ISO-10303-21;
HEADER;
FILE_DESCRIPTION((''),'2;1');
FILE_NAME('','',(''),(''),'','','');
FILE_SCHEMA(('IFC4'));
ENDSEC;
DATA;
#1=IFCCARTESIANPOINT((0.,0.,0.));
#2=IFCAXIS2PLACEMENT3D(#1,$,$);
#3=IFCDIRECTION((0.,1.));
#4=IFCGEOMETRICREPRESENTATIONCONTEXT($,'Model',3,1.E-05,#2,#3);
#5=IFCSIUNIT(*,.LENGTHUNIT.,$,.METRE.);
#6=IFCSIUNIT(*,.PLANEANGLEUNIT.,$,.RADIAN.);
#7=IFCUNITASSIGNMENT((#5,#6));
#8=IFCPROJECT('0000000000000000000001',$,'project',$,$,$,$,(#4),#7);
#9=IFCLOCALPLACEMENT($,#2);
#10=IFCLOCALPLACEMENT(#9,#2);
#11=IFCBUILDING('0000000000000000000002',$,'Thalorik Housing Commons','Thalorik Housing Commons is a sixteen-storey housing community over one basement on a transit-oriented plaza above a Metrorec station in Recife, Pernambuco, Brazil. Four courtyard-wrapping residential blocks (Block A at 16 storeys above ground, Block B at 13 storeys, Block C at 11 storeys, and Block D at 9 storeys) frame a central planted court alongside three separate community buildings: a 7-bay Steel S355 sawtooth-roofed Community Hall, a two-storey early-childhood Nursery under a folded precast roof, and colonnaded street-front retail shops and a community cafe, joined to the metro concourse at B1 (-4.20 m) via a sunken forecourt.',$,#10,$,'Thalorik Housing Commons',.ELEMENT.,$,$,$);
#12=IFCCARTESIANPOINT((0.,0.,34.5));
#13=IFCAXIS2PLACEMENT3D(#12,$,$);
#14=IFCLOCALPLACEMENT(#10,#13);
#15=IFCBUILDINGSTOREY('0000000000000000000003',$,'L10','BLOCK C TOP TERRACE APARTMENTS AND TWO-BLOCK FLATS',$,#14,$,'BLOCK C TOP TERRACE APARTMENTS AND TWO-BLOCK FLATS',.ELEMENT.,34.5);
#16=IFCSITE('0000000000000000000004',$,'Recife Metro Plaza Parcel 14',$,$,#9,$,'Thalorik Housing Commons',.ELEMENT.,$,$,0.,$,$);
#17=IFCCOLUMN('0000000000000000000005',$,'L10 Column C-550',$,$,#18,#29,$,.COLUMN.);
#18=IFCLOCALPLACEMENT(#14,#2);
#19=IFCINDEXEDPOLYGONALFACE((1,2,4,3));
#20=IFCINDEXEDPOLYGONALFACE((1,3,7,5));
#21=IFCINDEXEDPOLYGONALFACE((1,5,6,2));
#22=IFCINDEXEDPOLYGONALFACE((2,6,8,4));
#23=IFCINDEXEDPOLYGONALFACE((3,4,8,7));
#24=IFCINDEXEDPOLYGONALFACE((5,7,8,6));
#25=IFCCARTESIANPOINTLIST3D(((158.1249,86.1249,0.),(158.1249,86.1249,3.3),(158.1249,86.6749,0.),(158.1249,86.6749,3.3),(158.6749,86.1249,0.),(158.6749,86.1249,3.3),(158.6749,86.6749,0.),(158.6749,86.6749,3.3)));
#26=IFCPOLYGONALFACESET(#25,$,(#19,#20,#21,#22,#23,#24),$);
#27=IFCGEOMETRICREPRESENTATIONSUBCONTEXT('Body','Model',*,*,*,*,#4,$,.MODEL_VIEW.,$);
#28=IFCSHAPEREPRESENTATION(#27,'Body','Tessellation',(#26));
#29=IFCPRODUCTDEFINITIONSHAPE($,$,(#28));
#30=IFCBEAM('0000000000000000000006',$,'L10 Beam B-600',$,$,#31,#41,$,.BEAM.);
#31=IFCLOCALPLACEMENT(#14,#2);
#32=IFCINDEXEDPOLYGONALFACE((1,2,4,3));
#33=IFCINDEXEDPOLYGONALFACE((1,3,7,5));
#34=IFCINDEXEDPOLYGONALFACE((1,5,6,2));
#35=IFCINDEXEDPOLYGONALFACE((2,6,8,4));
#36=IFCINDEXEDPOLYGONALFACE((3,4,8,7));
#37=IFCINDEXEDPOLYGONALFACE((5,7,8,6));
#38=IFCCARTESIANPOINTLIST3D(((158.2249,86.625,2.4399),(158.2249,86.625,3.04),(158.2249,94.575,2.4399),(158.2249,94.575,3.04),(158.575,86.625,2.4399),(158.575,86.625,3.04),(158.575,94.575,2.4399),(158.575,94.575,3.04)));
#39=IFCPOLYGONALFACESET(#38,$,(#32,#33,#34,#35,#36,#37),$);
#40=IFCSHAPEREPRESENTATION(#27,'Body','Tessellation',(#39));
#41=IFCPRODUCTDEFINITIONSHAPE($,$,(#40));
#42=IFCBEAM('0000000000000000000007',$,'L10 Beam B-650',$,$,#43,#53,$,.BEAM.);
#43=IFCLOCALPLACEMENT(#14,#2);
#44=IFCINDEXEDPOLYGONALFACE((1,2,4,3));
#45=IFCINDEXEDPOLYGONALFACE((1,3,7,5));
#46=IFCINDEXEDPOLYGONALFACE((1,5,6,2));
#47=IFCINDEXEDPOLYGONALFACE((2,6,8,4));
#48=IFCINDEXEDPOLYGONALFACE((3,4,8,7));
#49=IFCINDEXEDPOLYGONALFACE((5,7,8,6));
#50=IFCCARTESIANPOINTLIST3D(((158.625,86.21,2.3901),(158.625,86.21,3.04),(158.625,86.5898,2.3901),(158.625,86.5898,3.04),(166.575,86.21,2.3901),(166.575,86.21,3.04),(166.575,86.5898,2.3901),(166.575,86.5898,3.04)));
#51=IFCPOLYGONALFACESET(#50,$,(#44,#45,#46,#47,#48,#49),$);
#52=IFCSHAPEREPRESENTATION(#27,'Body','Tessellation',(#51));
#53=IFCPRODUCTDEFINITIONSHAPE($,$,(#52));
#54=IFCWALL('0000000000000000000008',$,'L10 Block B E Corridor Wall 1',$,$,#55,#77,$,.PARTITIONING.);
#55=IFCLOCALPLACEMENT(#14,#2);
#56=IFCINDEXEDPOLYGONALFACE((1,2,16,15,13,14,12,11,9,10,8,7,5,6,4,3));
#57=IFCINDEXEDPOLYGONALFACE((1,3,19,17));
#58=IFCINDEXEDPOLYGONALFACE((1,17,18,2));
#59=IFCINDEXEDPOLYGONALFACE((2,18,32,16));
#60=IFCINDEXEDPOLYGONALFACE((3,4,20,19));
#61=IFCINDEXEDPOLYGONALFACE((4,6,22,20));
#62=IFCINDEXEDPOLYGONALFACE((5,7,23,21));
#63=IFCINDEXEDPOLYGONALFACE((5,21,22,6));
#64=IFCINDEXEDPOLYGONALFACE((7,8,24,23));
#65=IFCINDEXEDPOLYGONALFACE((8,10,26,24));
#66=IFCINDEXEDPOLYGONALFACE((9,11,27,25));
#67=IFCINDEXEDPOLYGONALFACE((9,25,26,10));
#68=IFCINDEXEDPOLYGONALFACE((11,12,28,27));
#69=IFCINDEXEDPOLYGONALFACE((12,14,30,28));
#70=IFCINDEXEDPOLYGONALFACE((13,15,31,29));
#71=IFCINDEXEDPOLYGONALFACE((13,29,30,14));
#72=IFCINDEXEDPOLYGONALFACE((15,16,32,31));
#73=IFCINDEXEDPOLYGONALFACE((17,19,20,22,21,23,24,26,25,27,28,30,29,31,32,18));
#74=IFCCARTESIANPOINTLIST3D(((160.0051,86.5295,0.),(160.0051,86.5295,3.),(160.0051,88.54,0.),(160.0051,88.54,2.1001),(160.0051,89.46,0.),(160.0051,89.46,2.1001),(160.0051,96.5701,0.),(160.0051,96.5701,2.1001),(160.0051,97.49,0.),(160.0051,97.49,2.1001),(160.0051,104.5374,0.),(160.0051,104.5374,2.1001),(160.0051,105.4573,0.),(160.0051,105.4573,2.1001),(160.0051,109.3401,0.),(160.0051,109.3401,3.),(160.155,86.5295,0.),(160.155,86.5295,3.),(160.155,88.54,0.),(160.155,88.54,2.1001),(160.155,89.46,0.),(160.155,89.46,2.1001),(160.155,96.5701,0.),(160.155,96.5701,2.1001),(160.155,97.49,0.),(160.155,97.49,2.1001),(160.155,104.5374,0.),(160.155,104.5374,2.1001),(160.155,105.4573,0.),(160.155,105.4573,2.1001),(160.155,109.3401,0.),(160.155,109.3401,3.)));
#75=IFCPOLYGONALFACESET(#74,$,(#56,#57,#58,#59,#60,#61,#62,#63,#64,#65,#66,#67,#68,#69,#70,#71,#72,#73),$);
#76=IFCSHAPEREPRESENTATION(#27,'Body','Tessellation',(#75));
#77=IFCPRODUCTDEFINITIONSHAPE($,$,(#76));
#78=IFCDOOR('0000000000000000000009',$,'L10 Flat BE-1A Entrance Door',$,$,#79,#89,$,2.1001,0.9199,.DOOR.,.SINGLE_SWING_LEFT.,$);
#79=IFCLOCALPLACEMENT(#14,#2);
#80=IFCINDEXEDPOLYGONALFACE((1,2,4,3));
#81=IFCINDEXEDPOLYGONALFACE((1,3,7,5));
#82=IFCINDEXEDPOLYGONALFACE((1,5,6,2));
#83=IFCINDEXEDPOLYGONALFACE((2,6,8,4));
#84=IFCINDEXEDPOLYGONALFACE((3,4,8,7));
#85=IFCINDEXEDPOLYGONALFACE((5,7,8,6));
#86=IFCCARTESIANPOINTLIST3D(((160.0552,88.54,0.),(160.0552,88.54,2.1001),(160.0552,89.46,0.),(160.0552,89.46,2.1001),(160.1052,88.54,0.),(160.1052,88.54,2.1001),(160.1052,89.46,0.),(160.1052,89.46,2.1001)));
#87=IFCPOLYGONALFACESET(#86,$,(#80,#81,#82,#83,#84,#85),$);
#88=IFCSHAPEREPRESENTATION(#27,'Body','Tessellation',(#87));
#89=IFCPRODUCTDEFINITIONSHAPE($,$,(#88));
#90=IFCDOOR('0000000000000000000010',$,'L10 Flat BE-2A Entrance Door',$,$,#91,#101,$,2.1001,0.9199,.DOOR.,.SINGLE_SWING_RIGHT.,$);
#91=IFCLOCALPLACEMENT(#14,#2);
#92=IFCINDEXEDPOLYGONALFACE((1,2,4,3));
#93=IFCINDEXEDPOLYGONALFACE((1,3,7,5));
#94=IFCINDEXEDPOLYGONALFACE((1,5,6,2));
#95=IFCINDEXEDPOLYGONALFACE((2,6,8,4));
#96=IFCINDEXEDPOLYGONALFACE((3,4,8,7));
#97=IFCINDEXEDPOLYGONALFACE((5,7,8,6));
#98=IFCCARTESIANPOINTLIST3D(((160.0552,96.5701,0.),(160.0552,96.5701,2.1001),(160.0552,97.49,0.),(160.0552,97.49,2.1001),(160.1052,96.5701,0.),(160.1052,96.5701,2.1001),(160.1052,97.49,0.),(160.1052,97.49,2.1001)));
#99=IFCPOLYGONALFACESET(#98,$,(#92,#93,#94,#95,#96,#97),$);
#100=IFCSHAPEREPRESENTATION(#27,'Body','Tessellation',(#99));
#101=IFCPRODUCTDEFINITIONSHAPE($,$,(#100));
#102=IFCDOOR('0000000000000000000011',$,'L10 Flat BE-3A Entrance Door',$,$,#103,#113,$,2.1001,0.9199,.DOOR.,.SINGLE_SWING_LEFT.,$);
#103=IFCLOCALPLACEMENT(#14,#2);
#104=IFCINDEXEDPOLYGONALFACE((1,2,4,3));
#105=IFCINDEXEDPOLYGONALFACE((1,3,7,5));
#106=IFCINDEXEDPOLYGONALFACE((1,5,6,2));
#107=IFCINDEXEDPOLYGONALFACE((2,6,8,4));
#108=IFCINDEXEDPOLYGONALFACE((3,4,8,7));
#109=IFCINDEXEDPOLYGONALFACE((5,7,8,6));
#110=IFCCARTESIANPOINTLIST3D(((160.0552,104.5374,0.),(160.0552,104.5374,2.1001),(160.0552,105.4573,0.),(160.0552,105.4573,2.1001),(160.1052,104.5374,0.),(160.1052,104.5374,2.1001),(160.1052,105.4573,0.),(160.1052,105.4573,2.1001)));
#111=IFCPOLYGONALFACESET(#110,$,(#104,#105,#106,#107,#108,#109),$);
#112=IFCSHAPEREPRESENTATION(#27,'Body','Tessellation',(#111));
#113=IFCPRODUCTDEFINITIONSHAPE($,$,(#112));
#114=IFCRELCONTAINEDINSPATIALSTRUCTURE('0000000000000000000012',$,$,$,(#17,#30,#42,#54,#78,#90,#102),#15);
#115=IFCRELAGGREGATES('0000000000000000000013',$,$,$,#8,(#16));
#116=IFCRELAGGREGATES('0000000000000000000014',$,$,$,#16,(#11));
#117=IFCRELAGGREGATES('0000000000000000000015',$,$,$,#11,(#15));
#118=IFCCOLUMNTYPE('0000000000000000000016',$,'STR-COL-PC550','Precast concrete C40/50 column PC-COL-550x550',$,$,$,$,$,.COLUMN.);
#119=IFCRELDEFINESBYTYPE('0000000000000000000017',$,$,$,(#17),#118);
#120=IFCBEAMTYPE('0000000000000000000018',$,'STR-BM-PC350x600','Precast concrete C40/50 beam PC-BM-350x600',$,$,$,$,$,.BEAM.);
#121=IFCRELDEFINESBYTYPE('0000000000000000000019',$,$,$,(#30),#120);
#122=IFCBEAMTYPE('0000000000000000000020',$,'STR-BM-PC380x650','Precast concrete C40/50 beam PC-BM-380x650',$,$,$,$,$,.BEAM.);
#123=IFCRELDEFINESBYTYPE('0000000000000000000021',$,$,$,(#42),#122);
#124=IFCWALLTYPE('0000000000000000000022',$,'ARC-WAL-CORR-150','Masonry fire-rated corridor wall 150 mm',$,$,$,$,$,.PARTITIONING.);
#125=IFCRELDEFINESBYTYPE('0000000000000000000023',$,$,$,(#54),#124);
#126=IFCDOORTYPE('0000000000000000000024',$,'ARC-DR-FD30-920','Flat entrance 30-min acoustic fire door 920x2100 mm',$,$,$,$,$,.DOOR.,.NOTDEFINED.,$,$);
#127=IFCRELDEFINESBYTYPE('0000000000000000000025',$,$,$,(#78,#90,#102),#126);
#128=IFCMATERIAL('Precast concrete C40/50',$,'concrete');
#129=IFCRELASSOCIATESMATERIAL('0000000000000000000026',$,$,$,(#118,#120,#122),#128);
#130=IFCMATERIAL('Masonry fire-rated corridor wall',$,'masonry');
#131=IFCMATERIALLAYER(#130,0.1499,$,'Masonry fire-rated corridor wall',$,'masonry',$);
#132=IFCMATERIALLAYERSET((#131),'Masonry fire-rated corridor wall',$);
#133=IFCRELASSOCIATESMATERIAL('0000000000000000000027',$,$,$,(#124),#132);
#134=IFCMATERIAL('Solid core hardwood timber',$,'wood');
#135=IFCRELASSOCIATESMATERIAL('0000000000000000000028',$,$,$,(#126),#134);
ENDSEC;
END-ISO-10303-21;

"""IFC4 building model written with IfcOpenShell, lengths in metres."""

from ifc_helpers import new_model, si_unit, direction, frame, frame_2d, origin, origin_2d, place, context, subcontext, project, spatial, rectangle, extrude, material, layer, layer_set, material_profile, profile_set, type_object, element, fill, save


model = new_model("IFC4")

# Units and contexts
model_context = context("Model", 3, precision=1e-05, world=origin(), true_north=direction((0.0, 1.0)))
body_context = subcontext(model_context, "Body", "Model", "MODEL_VIEW")
ifc_project = project(units=[si_unit("LENGTHUNIT", "METRE"), si_unit("PLANEANGLEUNIT", "RADIAN")], contexts=[model_context])

# Site, building, storey
site_placement = place(None, origin())
site = spatial("IfcSite", under=ifc_project, at=site_placement, Name="Recife Metro Plaza Parcel 14", LongName="Thalorik Housing Commons", CompositionType="ELEMENT", RefElevation=0.0)
building_placement = place(site_placement, origin())
building = spatial("IfcBuilding", under=site, at=building_placement, Name="Thalorik Housing Commons", Description="Thalorik Housing Commons is a sixteen-storey housing community over one basement on a transit-oriented plaza above a Metrorec station in Recife, Pernambuco, Brazil. Four courtyard-wrapping residential blocks (Block A at 16 storeys above ground, Block B at 13 storeys, Block C at 11 storeys, and Block D at 9 storeys) frame a central planted court alongside three separate community buildings: a 7-bay Steel S355 sawtooth-roofed Community Hall, a two-storey early-childhood Nursery under a folded precast roof, and colonnaded street-front retail shops and a community cafe, joined to the metro concourse at B1 (-4.20 m) via a sunken forecourt.", LongName="Thalorik Housing Commons", CompositionType="ELEMENT")
storey_placement = place(building_placement, frame((0.0, 0.0, 34.5)))
storey = spatial("IfcBuildingStorey", under=building, at=storey_placement, Name="L10", Description="BLOCK C TOP TERRACE APARTMENTS AND TWO-BLOCK FLATS", LongName="BLOCK C TOP TERRACE APARTMENTS AND TWO-BLOCK FLATS", CompositionType="ELEMENT", Elevation=34.5)

# Column
ifc_material_1 = material(Name="Precast concrete C40/50", Category="concrete")
ifc_material_profile_1 = material_profile(ifc_material_1, rectangle(XDim=0.55, YDim=0.55, at=origin_2d()), Name="PC 550x550", Category="concrete")
ifc_profile_set_1 = profile_set([ifc_material_profile_1], Name="Precast concrete C40/50")
column_type = type_object("IfcColumnType", Name="STR-COL-PC550", Description="Precast concrete C40/50 column PC-COL-550x550", PredefinedType="COLUMN", material=ifc_profile_set_1)
column_placement = place(storey_placement, frame((158.3999, 86.3999, 0.0), z_axis=(0.0, 0.0, 1.0), x_axis=(1.0, 0.0, 0.0)))
element("IfcColumn", 1, at=column_placement, inside=storey, type_object=column_type, Name="L10 Column C-550", PredefinedType="COLUMN", context=body_context, shape_type="SweptSolid", body=[
    extrude(rectangle(XDim=0.55, YDim=0.55, at=origin_2d()), origin(), (0.0, 0.0, 1.0), 3.3),
])

# Beams
ifc_material_profile_2 = material_profile(ifc_material_1, rectangle(XDim=0.3501, YDim=0.6001, at=origin_2d()), Name="PC 350x600", Category="concrete")
ifc_profile_set_2 = profile_set([ifc_material_profile_2], Name="Precast concrete C40/50")
beam_type_1 = type_object("IfcBeamType", Name="STR-BM-PC350x600", Description="Precast concrete C40/50 beam PC-BM-350x600", PredefinedType="BEAM", material=ifc_profile_set_2)
beam_1_placement = place(storey_placement, frame((158.3999, 86.625, 2.74), z_axis=(0.0, 1.0, 0.0), x_axis=(-1.0, 0.0, 0.0)))
element("IfcBeam", 2, at=beam_1_placement, inside=storey, type_object=beam_type_1, Name="L10 Beam B-600", PredefinedType="BEAM", context=body_context, shape_type="SweptSolid", body=[
    extrude(rectangle(XDim=0.3501, YDim=0.6001, at=origin_2d()), origin(), (0.0, 0.0, 1.0), 7.95),
])
ifc_material_profile_3 = material_profile(ifc_material_1, rectangle(XDim=0.3799, YDim=0.6499, at=origin_2d()), Name="PC 380x650", Category="concrete")
ifc_profile_set_3 = profile_set([ifc_material_profile_3], Name="Precast concrete C40/50")
beam_type_2 = type_object("IfcBeamType", Name="STR-BM-PC380x650", Description="Precast concrete C40/50 beam PC-BM-380x650", PredefinedType="BEAM", material=ifc_profile_set_3)
beam_2_placement = place(storey_placement, frame((158.625, 86.3999, 2.7151), z_axis=(1.0, 0.0, 0.0), x_axis=(0.0, 1.0, 0.0)))
element("IfcBeam", 3, at=beam_2_placement, inside=storey, type_object=beam_type_2, Name="L10 Beam B-650", PredefinedType="BEAM", context=body_context, shape_type="SweptSolid", body=[
    extrude(rectangle(XDim=0.3799, YDim=0.6499, at=origin_2d()), origin(), (0.0, 0.0, 1.0), 7.95),
])

# Wall, openings, doors
ifc_material_2 = material(Name="Masonry fire-rated corridor wall", Category="masonry")
ifc_layer_1 = layer(ifc_material_2, 0.1499, Name="Masonry fire-rated corridor wall", Category="masonry")
ifc_layer_set_1 = layer_set([ifc_layer_1], Name="Masonry fire-rated corridor wall")
wall_type_1 = type_object("IfcWallType", Name="ARC-WAL-CORR-150", Description="Masonry fire-rated corridor wall 150 mm", PredefinedType="PARTITIONING", material=ifc_layer_set_1)
wall_1_placement = place(storey_placement, frame((160.0801, 86.5295, 0.0), z_axis=(0.0, 0.0, 1.0), x_axis=(0.0, 1.0, 0.0)))
wall_1 = element("IfcWall", 4, at=wall_1_placement, inside=storey, type_object=wall_type_1, Name="L10 Block B E Corridor Wall 1", PredefinedType="PARTITIONING", context=body_context, shape_type="SweptSolid", body=[
    extrude(rectangle(XDim=22.8105, YDim=0.1499, at=frame_2d((11.4053, 0.0))), origin(), (0.0, 0.0, 1.0), 3.0),
])
opening_1_placement = place(wall_1_placement, frame((2.0105, 0.0, 0.0)))
opening_1 = element("IfcOpeningElement", 5, at=opening_1_placement, cuts=wall_1, PredefinedType="OPENING", context=body_context, shape_type="SweptSolid", body=[
    extrude(rectangle(XDim=0.9199, YDim=2.1001, at=frame_2d((0.46, 1.05))), frame((0.0, 0.085, 0.0), z_axis=(0.0, -1.0, 0.0), x_axis=(1.0, 0.0, 0.0)), (0.0, 0.0, 1.0), 0.1699),
])
opening_2_placement = place(wall_1_placement, frame((10.0405, 0.0, 0.0)))
opening_2 = element("IfcOpeningElement", 6, at=opening_2_placement, cuts=wall_1, PredefinedType="OPENING", context=body_context, shape_type="SweptSolid", body=[
    extrude(rectangle(XDim=0.9199, YDim=2.1001, at=frame_2d((0.46, 1.05))), frame((0.0, 0.085, 0.0), z_axis=(0.0, -1.0, 0.0), x_axis=(1.0, 0.0, 0.0)), (0.0, 0.0, 1.0), 0.1699),
])
opening_3_placement = place(wall_1_placement, frame((18.0078, 0.0, 0.0)))
opening_3 = element("IfcOpeningElement", 7, at=opening_3_placement, cuts=wall_1, PredefinedType="OPENING", context=body_context, shape_type="SweptSolid", body=[
    extrude(rectangle(XDim=0.9199, YDim=2.1001, at=frame_2d((0.46, 1.05))), frame((0.0, 0.085, 0.0), z_axis=(0.0, -1.0, 0.0), x_axis=(1.0, 0.0, 0.0)), (0.0, 0.0, 1.0), 0.1699),
])
ifc_material_3 = material(Name="Solid core hardwood timber", Category="wood")
door_type_1 = type_object("IfcDoorType", Name="ARC-DR-FD30-920", Description="Flat entrance 30-min acoustic fire door 920x2100 mm", OperationType="NOTDEFINED", PredefinedType="DOOR", material=ifc_material_3)
door_1_placement = place(opening_1_placement, origin())
door_1 = element("IfcDoor", 8, at=door_1_placement, inside=storey, type_object=door_type_1, Name="L10 Flat BE-1A Entrance Door", OperationType="SINGLE_SWING_LEFT", OverallHeight=2.1001, OverallWidth=0.9199, PredefinedType="DOOR", context=body_context, shape_type="SweptSolid", body=[
    extrude(rectangle(XDim=0.9199, YDim=2.1001, at=frame_2d((0.46, 1.05))), frame((0.0, 0.0249, 0.0), z_axis=(0.0, -1.0, 0.0), x_axis=(1.0, 0.0, 0.0)), (0.0, 0.0, 1.0), 0.05),
])
fill(opening_1, door_1)
door_2_placement = place(opening_2_placement, origin())
door_2 = element("IfcDoor", 9, at=door_2_placement, inside=storey, type_object=door_type_1, Name="L10 Flat BE-2A Entrance Door", OperationType="SINGLE_SWING_RIGHT", OverallHeight=2.1001, OverallWidth=0.9199, PredefinedType="DOOR", context=body_context, shape_type="SweptSolid", body=[
    extrude(rectangle(XDim=0.9199, YDim=2.1001, at=frame_2d((0.46, 1.05))), frame((0.0, 0.0249, 0.0), z_axis=(0.0, -1.0, 0.0), x_axis=(1.0, 0.0, 0.0)), (0.0, 0.0, 1.0), 0.05),
])
fill(opening_2, door_2)
door_3_placement = place(opening_3_placement, origin())
door_3 = element("IfcDoor", 10, at=door_3_placement, inside=storey, type_object=door_type_1, Name="L10 Flat BE-3A Entrance Door", OperationType="SINGLE_SWING_LEFT", OverallHeight=2.1001, OverallWidth=0.9199, PredefinedType="DOOR", context=body_context, shape_type="SweptSolid", body=[
    extrude(rectangle(XDim=0.9199, YDim=2.1001, at=frame_2d((0.46, 1.05))), frame((0.0, 0.0249, 0.0), z_axis=(0.0, -1.0, 0.0), x_axis=(1.0, 0.0, 0.0)), (0.0, 0.0, 1.0), 0.05),
])
fill(opening_3, door_3)

save(model, "model.ifc")
